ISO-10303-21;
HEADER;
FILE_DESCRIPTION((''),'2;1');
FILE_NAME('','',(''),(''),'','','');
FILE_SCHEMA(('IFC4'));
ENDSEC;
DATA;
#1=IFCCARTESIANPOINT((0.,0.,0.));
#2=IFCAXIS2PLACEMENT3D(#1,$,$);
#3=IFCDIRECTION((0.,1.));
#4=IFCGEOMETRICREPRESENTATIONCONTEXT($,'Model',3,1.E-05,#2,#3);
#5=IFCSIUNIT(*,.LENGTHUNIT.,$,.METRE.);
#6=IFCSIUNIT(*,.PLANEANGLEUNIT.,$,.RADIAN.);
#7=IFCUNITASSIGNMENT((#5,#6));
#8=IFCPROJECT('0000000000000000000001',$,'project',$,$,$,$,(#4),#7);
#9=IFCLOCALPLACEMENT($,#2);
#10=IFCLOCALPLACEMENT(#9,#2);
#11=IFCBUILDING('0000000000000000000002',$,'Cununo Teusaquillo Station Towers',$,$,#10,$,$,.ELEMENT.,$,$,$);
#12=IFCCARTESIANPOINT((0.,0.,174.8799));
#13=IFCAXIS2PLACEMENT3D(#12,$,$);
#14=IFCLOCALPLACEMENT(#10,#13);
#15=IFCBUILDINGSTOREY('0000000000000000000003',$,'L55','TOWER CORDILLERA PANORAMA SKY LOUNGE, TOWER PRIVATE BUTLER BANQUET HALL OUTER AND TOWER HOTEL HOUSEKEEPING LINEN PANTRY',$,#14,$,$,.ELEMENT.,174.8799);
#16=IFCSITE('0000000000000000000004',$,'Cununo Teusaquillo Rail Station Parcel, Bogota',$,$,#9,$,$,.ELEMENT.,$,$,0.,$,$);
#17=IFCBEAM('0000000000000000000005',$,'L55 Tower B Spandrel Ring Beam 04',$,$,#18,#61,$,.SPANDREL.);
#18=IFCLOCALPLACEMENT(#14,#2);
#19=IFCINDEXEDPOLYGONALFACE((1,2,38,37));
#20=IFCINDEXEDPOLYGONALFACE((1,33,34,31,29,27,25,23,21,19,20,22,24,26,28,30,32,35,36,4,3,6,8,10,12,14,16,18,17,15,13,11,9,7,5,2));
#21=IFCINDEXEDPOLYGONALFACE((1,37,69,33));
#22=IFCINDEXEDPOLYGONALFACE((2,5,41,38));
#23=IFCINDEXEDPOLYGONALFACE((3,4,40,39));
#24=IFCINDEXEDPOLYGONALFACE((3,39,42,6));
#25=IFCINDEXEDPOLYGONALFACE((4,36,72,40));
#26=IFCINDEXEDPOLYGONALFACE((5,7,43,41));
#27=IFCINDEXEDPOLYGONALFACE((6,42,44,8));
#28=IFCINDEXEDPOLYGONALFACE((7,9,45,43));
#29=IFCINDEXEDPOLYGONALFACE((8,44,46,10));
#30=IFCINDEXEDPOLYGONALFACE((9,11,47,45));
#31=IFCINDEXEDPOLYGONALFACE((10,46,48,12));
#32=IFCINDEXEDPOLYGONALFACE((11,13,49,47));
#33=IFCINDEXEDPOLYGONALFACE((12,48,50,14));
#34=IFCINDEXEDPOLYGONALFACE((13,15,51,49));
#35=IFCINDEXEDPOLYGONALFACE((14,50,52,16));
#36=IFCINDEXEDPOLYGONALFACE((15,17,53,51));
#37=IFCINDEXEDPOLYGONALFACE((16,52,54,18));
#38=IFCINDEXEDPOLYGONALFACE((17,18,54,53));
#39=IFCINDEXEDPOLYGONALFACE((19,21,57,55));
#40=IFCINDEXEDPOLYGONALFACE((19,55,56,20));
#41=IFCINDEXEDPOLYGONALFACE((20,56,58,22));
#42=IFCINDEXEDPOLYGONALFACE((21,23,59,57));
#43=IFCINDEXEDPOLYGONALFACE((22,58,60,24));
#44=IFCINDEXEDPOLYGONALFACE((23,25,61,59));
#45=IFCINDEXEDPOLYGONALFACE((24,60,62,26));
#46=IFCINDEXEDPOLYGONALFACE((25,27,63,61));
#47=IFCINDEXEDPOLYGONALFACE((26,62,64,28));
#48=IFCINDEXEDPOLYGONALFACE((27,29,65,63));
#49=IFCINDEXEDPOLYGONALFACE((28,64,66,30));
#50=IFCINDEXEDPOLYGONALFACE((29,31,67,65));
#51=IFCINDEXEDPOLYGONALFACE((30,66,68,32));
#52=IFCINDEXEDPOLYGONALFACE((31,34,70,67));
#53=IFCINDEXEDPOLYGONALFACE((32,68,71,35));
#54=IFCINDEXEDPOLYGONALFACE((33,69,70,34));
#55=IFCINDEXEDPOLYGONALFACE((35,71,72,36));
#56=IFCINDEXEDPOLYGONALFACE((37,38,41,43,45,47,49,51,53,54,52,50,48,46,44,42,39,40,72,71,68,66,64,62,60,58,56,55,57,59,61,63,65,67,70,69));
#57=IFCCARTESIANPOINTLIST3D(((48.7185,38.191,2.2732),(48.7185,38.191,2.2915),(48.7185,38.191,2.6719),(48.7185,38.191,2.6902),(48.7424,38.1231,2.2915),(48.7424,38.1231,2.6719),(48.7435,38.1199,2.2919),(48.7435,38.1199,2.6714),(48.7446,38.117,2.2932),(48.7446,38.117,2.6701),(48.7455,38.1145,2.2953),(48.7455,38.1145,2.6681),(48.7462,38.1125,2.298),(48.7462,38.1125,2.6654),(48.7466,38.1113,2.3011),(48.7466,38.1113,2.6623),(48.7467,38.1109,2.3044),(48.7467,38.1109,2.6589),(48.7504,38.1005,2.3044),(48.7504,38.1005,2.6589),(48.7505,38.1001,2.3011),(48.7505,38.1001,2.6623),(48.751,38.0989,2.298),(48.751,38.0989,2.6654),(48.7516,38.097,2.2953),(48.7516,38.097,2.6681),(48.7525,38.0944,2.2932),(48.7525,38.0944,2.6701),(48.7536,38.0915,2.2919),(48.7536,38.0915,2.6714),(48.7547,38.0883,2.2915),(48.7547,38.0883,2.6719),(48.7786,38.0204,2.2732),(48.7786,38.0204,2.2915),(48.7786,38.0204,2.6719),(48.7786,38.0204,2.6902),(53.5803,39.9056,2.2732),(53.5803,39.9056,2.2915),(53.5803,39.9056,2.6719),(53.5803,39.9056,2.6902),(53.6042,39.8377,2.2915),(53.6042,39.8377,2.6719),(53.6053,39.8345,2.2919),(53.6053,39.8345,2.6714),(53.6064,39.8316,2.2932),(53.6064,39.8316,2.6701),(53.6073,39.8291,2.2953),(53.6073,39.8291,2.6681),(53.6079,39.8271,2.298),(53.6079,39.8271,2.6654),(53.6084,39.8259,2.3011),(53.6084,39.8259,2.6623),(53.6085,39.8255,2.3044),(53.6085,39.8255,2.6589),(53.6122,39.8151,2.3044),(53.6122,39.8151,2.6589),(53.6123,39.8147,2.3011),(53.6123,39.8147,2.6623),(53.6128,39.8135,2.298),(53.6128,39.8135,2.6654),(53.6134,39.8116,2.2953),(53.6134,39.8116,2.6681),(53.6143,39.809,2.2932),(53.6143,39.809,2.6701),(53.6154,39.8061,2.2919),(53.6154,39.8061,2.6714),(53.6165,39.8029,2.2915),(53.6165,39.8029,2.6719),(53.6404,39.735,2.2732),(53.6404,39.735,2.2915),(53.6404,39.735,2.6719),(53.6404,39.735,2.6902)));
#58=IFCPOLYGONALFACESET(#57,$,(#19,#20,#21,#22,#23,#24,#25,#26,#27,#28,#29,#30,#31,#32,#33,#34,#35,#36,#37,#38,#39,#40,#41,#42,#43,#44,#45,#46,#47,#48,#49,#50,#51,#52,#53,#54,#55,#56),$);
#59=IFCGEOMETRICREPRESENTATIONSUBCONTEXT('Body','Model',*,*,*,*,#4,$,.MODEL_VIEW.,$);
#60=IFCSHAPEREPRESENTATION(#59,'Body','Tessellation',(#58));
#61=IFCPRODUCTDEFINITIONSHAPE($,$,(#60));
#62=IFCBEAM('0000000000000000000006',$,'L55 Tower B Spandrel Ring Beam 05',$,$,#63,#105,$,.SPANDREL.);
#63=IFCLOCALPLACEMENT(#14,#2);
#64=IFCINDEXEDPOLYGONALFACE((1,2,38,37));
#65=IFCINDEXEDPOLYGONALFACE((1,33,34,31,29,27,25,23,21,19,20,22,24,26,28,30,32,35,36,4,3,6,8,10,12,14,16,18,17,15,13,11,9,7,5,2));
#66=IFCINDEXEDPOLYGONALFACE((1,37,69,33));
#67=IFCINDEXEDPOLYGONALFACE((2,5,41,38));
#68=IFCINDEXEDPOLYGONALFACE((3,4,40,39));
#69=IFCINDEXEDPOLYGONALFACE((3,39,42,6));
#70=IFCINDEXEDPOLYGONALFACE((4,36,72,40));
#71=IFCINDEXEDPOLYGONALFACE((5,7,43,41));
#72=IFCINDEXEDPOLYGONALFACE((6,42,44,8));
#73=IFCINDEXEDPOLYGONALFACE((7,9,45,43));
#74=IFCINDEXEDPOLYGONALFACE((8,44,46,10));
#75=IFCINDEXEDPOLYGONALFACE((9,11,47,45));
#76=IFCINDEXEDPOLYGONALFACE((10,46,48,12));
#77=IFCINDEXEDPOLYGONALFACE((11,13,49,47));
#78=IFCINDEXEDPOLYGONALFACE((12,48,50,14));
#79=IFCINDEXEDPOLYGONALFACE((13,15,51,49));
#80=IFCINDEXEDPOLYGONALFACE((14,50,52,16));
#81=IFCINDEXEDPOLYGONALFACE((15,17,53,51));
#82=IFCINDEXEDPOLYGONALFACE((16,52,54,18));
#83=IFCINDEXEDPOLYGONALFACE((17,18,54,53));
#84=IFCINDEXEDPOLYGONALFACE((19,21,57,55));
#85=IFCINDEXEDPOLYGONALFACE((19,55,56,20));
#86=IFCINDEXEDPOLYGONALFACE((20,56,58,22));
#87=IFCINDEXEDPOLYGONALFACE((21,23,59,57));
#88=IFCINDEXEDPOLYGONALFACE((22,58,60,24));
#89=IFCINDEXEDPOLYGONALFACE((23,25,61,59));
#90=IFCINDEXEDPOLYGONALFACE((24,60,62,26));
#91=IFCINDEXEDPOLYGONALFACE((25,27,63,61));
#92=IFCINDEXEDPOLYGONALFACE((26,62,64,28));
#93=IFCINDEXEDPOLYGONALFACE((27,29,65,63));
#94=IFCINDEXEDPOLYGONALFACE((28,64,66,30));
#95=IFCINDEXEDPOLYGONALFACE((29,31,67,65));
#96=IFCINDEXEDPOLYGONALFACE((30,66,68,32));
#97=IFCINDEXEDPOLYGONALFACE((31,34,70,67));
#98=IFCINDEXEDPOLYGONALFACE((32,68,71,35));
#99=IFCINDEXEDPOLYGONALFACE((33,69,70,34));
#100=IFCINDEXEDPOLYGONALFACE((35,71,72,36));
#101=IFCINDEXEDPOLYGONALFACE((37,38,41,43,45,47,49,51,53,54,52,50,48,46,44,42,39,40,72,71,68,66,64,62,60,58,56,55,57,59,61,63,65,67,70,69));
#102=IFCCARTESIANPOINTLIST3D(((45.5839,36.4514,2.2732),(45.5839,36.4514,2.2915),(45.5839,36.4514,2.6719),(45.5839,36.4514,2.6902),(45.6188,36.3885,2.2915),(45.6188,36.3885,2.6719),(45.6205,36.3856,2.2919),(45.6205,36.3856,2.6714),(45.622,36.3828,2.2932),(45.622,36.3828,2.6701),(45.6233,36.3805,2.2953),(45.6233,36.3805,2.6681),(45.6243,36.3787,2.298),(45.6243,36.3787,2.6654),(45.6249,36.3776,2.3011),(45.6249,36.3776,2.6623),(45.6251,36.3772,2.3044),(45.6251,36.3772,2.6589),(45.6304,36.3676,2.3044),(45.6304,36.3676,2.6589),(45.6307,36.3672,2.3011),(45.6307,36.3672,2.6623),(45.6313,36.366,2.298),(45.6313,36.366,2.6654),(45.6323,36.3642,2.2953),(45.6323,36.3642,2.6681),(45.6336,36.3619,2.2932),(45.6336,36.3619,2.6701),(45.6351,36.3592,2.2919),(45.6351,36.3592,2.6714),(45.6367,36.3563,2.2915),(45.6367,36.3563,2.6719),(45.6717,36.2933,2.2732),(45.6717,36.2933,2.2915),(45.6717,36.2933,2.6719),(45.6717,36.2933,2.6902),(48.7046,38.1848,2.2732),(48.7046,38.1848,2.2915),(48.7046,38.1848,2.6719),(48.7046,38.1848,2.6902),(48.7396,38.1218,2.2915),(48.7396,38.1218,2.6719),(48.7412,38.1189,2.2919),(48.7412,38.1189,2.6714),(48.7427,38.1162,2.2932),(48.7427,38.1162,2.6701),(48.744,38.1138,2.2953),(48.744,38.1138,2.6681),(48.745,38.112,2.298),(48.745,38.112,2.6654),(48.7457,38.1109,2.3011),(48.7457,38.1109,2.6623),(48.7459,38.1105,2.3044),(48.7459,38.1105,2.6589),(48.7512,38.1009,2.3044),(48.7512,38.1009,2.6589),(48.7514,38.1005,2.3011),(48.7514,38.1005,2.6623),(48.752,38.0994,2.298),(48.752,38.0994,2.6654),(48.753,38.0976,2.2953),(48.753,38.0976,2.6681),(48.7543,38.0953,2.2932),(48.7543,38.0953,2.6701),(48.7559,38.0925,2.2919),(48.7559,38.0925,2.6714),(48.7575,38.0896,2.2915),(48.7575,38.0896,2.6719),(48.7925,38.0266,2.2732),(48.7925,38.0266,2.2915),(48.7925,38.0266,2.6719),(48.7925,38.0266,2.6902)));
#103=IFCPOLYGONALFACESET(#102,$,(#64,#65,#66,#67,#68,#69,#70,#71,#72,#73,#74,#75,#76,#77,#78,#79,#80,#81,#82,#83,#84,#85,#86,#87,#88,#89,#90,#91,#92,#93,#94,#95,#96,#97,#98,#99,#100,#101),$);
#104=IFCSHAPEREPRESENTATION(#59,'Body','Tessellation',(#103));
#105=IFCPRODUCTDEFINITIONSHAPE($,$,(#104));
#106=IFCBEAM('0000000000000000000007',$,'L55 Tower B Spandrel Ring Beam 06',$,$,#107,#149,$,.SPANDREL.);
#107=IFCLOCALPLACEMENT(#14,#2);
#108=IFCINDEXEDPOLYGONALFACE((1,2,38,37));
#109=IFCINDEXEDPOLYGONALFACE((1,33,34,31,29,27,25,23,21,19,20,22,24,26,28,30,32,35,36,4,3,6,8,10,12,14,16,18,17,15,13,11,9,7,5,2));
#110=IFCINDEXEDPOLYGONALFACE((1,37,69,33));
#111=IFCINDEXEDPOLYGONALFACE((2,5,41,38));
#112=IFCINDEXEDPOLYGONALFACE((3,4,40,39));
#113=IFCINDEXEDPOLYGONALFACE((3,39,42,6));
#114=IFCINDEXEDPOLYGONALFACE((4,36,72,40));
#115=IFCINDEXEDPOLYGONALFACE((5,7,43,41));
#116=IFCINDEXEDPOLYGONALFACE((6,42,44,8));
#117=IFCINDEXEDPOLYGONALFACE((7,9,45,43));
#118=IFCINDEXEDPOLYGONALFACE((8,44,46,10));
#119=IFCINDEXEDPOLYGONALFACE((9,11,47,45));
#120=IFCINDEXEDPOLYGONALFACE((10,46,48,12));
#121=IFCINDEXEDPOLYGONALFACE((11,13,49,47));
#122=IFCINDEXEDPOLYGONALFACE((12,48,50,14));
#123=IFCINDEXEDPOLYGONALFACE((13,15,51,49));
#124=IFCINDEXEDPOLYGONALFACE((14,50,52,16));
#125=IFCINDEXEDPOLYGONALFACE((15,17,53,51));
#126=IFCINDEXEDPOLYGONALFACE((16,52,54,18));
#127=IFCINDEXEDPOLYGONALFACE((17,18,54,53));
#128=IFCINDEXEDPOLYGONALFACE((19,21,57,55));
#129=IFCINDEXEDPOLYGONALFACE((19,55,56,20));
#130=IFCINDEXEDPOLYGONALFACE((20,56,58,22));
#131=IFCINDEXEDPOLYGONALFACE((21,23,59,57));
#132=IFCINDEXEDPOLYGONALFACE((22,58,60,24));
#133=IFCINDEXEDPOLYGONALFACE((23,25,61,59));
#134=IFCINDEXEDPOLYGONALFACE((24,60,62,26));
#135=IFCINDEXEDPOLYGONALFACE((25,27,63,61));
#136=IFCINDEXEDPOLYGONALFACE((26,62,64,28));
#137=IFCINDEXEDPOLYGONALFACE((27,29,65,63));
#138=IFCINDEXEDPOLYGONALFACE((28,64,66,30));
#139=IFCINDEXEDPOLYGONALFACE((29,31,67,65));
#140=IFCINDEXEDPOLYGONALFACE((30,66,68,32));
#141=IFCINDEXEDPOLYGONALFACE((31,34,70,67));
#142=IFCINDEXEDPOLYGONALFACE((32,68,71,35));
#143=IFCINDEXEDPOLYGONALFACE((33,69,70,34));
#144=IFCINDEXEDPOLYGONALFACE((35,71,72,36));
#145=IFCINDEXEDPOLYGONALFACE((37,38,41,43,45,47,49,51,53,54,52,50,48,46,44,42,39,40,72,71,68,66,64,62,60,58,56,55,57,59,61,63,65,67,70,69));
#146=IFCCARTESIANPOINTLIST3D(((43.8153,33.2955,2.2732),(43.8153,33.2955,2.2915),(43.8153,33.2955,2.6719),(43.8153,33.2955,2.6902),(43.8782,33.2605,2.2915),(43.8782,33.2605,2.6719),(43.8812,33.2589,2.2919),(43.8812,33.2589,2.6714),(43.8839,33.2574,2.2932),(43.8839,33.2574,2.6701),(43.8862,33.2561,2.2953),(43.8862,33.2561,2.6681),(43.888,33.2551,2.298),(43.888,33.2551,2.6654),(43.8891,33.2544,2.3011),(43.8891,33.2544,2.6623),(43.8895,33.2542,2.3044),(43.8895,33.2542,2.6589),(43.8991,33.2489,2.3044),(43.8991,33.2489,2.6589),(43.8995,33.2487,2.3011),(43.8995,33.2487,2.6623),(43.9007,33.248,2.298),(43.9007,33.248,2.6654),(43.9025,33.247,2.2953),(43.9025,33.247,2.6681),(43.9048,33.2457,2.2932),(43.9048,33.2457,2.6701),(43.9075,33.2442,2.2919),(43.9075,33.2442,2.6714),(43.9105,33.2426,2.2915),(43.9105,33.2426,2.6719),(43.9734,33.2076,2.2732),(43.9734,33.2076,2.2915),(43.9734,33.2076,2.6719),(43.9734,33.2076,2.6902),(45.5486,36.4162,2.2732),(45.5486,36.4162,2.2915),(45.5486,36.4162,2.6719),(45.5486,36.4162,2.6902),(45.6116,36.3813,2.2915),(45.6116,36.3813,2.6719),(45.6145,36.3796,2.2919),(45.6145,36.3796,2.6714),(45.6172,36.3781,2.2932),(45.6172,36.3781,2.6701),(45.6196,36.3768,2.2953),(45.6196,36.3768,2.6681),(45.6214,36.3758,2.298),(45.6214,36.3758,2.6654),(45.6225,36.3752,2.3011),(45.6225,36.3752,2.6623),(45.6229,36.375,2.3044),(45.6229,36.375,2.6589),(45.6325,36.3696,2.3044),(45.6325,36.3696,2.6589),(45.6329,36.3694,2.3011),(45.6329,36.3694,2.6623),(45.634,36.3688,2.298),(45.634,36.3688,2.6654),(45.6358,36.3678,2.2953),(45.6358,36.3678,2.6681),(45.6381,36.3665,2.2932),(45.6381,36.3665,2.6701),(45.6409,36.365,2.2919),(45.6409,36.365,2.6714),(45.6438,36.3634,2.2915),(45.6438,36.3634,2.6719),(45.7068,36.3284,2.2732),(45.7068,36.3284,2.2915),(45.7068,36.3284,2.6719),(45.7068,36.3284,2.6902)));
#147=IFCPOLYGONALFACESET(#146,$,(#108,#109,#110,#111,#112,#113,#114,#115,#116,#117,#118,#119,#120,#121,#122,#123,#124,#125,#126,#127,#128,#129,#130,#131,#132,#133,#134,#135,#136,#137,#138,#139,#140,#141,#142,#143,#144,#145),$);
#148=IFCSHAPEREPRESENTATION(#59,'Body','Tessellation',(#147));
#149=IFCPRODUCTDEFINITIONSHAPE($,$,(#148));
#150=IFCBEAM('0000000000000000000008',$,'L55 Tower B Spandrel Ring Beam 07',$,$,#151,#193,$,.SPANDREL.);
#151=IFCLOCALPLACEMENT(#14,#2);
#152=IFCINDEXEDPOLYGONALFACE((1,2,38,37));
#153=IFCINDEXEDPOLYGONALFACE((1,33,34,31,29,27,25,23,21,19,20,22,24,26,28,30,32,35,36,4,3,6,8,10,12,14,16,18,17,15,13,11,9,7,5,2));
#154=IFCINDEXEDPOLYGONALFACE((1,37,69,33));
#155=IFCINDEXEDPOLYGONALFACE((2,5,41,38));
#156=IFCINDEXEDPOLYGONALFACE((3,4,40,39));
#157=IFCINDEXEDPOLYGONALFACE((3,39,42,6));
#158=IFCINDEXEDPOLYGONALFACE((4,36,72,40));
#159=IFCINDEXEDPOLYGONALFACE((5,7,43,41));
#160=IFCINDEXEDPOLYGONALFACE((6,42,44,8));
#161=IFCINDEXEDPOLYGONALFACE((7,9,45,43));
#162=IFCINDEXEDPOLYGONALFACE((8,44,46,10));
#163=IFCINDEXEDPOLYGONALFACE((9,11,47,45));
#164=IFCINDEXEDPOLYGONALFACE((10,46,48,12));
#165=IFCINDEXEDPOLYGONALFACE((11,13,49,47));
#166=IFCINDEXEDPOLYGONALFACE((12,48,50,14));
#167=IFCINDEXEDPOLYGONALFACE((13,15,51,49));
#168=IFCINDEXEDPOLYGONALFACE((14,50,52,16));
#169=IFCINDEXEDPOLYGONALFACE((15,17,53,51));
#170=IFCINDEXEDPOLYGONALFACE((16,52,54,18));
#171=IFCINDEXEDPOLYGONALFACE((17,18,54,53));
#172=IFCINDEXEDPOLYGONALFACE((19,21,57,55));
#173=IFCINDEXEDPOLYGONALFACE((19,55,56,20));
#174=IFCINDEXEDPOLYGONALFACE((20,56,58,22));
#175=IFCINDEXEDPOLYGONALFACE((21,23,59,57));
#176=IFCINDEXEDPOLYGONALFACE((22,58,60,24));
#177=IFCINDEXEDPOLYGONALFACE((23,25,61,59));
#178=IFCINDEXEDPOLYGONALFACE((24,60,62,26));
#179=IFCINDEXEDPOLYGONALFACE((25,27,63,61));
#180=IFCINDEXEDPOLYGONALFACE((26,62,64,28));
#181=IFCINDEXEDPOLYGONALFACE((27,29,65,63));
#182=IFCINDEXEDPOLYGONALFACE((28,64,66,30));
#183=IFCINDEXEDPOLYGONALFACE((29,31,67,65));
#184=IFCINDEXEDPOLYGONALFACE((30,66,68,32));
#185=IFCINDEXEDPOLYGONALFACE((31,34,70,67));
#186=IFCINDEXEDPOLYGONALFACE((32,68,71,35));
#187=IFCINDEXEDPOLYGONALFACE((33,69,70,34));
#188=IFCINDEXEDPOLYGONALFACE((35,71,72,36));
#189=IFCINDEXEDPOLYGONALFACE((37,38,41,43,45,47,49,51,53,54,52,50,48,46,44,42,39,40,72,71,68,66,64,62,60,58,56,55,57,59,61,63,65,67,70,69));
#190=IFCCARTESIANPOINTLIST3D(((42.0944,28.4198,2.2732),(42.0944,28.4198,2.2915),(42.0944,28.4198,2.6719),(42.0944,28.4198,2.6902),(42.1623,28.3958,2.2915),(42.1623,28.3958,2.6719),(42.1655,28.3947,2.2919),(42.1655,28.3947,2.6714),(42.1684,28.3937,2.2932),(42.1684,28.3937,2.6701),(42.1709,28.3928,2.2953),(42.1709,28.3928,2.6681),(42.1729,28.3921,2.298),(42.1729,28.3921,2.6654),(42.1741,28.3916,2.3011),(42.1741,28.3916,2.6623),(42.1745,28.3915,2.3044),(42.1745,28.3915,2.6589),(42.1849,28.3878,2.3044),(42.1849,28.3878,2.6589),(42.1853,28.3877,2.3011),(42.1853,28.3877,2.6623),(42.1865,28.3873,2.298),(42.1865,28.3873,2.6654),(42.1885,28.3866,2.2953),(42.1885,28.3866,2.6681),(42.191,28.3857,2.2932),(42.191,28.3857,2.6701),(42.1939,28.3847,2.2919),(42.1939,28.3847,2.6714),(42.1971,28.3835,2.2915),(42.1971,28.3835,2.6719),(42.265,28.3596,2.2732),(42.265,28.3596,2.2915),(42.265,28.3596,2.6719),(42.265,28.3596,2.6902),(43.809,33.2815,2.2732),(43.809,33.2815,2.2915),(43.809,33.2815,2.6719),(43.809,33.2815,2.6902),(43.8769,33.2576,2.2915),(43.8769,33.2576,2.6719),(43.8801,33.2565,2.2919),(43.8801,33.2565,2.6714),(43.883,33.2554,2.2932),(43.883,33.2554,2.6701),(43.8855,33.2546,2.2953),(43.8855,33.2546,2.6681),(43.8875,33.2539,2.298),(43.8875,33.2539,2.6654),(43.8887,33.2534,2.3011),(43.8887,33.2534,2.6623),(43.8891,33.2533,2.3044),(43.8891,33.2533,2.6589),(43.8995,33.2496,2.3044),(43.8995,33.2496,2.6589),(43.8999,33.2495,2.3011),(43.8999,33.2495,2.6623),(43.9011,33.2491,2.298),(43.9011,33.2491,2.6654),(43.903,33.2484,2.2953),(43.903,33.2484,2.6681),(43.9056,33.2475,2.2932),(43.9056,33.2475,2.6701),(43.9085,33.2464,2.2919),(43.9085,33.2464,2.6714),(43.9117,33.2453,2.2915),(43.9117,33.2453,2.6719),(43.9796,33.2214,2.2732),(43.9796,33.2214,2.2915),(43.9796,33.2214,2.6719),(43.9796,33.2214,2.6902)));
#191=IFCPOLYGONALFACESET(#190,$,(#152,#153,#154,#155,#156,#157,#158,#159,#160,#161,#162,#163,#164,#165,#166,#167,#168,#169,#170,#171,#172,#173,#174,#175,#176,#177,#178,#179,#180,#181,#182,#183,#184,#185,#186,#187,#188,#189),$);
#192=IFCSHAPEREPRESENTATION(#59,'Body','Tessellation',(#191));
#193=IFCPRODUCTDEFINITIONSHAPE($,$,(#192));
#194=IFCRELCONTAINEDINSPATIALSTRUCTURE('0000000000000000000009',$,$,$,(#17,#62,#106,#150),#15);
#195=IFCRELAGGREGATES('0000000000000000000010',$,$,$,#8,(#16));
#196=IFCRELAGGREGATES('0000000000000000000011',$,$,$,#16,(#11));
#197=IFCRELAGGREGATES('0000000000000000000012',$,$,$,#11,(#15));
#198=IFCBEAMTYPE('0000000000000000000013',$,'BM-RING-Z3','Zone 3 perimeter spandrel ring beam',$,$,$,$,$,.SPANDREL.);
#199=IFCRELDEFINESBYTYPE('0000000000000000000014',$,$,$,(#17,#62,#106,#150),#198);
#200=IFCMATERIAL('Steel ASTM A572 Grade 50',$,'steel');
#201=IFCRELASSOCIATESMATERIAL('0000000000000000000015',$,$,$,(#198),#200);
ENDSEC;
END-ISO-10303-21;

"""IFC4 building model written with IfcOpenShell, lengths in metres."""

from ifc_helpers import new_model, si_unit, direction, frame, origin, origin_2d, place, context, subcontext, project, spatial, i_section, extrude, material, material_profile, profile_set, type_object, element, save


model = new_model("IFC4")

# Units and contexts
model_context = context("Model", 3, precision=1e-05, world=origin(), true_north=direction((0.0, 1.0)))
body_context = subcontext(model_context, "Body", "Model", "MODEL_VIEW")
ifc_project = project(units=[si_unit("LENGTHUNIT", "METRE"), si_unit("PLANEANGLEUNIT", "RADIAN")], contexts=[model_context])

# Site, building, storey
site_placement = place(None, origin())
site = spatial("IfcSite", under=ifc_project, at=site_placement, Name="Cununo Teusaquillo Rail Station Parcel, Bogota", CompositionType="ELEMENT", RefElevation=0.0)
building_placement = place(site_placement, origin())
building = spatial("IfcBuilding", under=site, at=building_placement, Name="Cununo Teusaquillo Station Towers", CompositionType="ELEMENT")
storey_placement = place(building_placement, frame((0.0, 0.0, 174.8799)))
storey = spatial("IfcBuildingStorey", under=building, at=storey_placement, Name="L55", Description="TOWER CORDILLERA PANORAMA SKY LOUNGE, TOWER PRIVATE BUTLER BANQUET HALL OUTER AND TOWER HOTEL HOUSEKEEPING LINEN PANTRY", CompositionType="ELEMENT", Elevation=174.8799)

# Beams
ifc_material_1 = material(Name="Steel ASTM A572 Grade 50", Category="steel")
ifc_material_profile_1 = material_profile(ifc_material_1, i_section(OverallWidth=0.1809, OverallDepth=0.417, WebThickness=0.011, FlangeThickness=0.0183, FilletRadius=0.0129, at=origin_2d()), Name="W16X57")
ifc_profile_set_1 = profile_set([ifc_material_profile_1], Name="Steel ASTM A572 Grade 50")
beam_type_1 = type_object("IfcBeamType", Name="BM-RING-Z3", Description="Zone 3 perimeter spandrel ring beam", PredefinedType="SPANDREL", material=ifc_profile_set_1)
beam_1_placement = place(storey_placement, frame((53.6104, 39.8203, 2.4817), z_axis=(-0.943072, -0.33259, 0.0), x_axis=(0.33259, -0.943072, 0.0)))
element("IfcBeam", 1, at=beam_1_placement, inside=storey, type_object=beam_type_1, Name="L55 Tower B Spandrel Ring Beam 04", PredefinedType="SPANDREL", context=body_context, shape_type="SweptSolid", body=[
    extrude(i_section(OverallWidth=0.1809, OverallDepth=0.417, WebThickness=0.011, FlangeThickness=0.0183, FilletRadius=0.0129, at=origin_2d()), origin(), (0.0, 0.0, 1.0), 5.1553),
])
for number, where, z_axis, x_axis, name in (
    (2, (48.7485, 38.1057, 2.4817), (-0.874206, -0.485556, 0.0), (0.485556, -0.874206, 0.0), "L55 Tower B Spandrel Ring Beam 05"),
    (3, (45.6277, 36.3723, 2.4817), (-0.485556, -0.874206, 0.0), (0.874206, -0.485556, 0.0), "L55 Tower B Spandrel Ring Beam 06"),
):
    element("IfcBeam", number, at=place(storey_placement, frame(where, z_axis=z_axis, x_axis=x_axis)), inside=storey, type_object=beam_type_1, Name=name, PredefinedType="SPANDREL", context=body_context, shape_type="SweptSolid", body=[
        extrude(i_section(OverallWidth=0.1809, OverallDepth=0.417, WebThickness=0.011, FlangeThickness=0.0183, FilletRadius=0.0129, at=origin_2d()), origin(), (0.0, 0.0, 1.0), 3.5698),
    ])
beam_2_placement = place(storey_placement, frame((43.8943, 33.2515, 2.4817), z_axis=(-0.33259, -0.943072, 0.0), x_axis=(0.943072, -0.33259, 0.0)))
element("IfcBeam", 4, at=beam_2_placement, inside=storey, type_object=beam_type_1, Name="L55 Tower B Spandrel Ring Beam 07", PredefinedType="SPANDREL", context=body_context, shape_type="SweptSolid", body=[
    extrude(i_section(OverallWidth=0.1809, OverallDepth=0.417, WebThickness=0.011, FlangeThickness=0.0183, FilletRadius=0.0129, at=origin_2d()), origin(), (0.0, 0.0, 1.0), 5.1553),
])

save(model, "model.ifc")
